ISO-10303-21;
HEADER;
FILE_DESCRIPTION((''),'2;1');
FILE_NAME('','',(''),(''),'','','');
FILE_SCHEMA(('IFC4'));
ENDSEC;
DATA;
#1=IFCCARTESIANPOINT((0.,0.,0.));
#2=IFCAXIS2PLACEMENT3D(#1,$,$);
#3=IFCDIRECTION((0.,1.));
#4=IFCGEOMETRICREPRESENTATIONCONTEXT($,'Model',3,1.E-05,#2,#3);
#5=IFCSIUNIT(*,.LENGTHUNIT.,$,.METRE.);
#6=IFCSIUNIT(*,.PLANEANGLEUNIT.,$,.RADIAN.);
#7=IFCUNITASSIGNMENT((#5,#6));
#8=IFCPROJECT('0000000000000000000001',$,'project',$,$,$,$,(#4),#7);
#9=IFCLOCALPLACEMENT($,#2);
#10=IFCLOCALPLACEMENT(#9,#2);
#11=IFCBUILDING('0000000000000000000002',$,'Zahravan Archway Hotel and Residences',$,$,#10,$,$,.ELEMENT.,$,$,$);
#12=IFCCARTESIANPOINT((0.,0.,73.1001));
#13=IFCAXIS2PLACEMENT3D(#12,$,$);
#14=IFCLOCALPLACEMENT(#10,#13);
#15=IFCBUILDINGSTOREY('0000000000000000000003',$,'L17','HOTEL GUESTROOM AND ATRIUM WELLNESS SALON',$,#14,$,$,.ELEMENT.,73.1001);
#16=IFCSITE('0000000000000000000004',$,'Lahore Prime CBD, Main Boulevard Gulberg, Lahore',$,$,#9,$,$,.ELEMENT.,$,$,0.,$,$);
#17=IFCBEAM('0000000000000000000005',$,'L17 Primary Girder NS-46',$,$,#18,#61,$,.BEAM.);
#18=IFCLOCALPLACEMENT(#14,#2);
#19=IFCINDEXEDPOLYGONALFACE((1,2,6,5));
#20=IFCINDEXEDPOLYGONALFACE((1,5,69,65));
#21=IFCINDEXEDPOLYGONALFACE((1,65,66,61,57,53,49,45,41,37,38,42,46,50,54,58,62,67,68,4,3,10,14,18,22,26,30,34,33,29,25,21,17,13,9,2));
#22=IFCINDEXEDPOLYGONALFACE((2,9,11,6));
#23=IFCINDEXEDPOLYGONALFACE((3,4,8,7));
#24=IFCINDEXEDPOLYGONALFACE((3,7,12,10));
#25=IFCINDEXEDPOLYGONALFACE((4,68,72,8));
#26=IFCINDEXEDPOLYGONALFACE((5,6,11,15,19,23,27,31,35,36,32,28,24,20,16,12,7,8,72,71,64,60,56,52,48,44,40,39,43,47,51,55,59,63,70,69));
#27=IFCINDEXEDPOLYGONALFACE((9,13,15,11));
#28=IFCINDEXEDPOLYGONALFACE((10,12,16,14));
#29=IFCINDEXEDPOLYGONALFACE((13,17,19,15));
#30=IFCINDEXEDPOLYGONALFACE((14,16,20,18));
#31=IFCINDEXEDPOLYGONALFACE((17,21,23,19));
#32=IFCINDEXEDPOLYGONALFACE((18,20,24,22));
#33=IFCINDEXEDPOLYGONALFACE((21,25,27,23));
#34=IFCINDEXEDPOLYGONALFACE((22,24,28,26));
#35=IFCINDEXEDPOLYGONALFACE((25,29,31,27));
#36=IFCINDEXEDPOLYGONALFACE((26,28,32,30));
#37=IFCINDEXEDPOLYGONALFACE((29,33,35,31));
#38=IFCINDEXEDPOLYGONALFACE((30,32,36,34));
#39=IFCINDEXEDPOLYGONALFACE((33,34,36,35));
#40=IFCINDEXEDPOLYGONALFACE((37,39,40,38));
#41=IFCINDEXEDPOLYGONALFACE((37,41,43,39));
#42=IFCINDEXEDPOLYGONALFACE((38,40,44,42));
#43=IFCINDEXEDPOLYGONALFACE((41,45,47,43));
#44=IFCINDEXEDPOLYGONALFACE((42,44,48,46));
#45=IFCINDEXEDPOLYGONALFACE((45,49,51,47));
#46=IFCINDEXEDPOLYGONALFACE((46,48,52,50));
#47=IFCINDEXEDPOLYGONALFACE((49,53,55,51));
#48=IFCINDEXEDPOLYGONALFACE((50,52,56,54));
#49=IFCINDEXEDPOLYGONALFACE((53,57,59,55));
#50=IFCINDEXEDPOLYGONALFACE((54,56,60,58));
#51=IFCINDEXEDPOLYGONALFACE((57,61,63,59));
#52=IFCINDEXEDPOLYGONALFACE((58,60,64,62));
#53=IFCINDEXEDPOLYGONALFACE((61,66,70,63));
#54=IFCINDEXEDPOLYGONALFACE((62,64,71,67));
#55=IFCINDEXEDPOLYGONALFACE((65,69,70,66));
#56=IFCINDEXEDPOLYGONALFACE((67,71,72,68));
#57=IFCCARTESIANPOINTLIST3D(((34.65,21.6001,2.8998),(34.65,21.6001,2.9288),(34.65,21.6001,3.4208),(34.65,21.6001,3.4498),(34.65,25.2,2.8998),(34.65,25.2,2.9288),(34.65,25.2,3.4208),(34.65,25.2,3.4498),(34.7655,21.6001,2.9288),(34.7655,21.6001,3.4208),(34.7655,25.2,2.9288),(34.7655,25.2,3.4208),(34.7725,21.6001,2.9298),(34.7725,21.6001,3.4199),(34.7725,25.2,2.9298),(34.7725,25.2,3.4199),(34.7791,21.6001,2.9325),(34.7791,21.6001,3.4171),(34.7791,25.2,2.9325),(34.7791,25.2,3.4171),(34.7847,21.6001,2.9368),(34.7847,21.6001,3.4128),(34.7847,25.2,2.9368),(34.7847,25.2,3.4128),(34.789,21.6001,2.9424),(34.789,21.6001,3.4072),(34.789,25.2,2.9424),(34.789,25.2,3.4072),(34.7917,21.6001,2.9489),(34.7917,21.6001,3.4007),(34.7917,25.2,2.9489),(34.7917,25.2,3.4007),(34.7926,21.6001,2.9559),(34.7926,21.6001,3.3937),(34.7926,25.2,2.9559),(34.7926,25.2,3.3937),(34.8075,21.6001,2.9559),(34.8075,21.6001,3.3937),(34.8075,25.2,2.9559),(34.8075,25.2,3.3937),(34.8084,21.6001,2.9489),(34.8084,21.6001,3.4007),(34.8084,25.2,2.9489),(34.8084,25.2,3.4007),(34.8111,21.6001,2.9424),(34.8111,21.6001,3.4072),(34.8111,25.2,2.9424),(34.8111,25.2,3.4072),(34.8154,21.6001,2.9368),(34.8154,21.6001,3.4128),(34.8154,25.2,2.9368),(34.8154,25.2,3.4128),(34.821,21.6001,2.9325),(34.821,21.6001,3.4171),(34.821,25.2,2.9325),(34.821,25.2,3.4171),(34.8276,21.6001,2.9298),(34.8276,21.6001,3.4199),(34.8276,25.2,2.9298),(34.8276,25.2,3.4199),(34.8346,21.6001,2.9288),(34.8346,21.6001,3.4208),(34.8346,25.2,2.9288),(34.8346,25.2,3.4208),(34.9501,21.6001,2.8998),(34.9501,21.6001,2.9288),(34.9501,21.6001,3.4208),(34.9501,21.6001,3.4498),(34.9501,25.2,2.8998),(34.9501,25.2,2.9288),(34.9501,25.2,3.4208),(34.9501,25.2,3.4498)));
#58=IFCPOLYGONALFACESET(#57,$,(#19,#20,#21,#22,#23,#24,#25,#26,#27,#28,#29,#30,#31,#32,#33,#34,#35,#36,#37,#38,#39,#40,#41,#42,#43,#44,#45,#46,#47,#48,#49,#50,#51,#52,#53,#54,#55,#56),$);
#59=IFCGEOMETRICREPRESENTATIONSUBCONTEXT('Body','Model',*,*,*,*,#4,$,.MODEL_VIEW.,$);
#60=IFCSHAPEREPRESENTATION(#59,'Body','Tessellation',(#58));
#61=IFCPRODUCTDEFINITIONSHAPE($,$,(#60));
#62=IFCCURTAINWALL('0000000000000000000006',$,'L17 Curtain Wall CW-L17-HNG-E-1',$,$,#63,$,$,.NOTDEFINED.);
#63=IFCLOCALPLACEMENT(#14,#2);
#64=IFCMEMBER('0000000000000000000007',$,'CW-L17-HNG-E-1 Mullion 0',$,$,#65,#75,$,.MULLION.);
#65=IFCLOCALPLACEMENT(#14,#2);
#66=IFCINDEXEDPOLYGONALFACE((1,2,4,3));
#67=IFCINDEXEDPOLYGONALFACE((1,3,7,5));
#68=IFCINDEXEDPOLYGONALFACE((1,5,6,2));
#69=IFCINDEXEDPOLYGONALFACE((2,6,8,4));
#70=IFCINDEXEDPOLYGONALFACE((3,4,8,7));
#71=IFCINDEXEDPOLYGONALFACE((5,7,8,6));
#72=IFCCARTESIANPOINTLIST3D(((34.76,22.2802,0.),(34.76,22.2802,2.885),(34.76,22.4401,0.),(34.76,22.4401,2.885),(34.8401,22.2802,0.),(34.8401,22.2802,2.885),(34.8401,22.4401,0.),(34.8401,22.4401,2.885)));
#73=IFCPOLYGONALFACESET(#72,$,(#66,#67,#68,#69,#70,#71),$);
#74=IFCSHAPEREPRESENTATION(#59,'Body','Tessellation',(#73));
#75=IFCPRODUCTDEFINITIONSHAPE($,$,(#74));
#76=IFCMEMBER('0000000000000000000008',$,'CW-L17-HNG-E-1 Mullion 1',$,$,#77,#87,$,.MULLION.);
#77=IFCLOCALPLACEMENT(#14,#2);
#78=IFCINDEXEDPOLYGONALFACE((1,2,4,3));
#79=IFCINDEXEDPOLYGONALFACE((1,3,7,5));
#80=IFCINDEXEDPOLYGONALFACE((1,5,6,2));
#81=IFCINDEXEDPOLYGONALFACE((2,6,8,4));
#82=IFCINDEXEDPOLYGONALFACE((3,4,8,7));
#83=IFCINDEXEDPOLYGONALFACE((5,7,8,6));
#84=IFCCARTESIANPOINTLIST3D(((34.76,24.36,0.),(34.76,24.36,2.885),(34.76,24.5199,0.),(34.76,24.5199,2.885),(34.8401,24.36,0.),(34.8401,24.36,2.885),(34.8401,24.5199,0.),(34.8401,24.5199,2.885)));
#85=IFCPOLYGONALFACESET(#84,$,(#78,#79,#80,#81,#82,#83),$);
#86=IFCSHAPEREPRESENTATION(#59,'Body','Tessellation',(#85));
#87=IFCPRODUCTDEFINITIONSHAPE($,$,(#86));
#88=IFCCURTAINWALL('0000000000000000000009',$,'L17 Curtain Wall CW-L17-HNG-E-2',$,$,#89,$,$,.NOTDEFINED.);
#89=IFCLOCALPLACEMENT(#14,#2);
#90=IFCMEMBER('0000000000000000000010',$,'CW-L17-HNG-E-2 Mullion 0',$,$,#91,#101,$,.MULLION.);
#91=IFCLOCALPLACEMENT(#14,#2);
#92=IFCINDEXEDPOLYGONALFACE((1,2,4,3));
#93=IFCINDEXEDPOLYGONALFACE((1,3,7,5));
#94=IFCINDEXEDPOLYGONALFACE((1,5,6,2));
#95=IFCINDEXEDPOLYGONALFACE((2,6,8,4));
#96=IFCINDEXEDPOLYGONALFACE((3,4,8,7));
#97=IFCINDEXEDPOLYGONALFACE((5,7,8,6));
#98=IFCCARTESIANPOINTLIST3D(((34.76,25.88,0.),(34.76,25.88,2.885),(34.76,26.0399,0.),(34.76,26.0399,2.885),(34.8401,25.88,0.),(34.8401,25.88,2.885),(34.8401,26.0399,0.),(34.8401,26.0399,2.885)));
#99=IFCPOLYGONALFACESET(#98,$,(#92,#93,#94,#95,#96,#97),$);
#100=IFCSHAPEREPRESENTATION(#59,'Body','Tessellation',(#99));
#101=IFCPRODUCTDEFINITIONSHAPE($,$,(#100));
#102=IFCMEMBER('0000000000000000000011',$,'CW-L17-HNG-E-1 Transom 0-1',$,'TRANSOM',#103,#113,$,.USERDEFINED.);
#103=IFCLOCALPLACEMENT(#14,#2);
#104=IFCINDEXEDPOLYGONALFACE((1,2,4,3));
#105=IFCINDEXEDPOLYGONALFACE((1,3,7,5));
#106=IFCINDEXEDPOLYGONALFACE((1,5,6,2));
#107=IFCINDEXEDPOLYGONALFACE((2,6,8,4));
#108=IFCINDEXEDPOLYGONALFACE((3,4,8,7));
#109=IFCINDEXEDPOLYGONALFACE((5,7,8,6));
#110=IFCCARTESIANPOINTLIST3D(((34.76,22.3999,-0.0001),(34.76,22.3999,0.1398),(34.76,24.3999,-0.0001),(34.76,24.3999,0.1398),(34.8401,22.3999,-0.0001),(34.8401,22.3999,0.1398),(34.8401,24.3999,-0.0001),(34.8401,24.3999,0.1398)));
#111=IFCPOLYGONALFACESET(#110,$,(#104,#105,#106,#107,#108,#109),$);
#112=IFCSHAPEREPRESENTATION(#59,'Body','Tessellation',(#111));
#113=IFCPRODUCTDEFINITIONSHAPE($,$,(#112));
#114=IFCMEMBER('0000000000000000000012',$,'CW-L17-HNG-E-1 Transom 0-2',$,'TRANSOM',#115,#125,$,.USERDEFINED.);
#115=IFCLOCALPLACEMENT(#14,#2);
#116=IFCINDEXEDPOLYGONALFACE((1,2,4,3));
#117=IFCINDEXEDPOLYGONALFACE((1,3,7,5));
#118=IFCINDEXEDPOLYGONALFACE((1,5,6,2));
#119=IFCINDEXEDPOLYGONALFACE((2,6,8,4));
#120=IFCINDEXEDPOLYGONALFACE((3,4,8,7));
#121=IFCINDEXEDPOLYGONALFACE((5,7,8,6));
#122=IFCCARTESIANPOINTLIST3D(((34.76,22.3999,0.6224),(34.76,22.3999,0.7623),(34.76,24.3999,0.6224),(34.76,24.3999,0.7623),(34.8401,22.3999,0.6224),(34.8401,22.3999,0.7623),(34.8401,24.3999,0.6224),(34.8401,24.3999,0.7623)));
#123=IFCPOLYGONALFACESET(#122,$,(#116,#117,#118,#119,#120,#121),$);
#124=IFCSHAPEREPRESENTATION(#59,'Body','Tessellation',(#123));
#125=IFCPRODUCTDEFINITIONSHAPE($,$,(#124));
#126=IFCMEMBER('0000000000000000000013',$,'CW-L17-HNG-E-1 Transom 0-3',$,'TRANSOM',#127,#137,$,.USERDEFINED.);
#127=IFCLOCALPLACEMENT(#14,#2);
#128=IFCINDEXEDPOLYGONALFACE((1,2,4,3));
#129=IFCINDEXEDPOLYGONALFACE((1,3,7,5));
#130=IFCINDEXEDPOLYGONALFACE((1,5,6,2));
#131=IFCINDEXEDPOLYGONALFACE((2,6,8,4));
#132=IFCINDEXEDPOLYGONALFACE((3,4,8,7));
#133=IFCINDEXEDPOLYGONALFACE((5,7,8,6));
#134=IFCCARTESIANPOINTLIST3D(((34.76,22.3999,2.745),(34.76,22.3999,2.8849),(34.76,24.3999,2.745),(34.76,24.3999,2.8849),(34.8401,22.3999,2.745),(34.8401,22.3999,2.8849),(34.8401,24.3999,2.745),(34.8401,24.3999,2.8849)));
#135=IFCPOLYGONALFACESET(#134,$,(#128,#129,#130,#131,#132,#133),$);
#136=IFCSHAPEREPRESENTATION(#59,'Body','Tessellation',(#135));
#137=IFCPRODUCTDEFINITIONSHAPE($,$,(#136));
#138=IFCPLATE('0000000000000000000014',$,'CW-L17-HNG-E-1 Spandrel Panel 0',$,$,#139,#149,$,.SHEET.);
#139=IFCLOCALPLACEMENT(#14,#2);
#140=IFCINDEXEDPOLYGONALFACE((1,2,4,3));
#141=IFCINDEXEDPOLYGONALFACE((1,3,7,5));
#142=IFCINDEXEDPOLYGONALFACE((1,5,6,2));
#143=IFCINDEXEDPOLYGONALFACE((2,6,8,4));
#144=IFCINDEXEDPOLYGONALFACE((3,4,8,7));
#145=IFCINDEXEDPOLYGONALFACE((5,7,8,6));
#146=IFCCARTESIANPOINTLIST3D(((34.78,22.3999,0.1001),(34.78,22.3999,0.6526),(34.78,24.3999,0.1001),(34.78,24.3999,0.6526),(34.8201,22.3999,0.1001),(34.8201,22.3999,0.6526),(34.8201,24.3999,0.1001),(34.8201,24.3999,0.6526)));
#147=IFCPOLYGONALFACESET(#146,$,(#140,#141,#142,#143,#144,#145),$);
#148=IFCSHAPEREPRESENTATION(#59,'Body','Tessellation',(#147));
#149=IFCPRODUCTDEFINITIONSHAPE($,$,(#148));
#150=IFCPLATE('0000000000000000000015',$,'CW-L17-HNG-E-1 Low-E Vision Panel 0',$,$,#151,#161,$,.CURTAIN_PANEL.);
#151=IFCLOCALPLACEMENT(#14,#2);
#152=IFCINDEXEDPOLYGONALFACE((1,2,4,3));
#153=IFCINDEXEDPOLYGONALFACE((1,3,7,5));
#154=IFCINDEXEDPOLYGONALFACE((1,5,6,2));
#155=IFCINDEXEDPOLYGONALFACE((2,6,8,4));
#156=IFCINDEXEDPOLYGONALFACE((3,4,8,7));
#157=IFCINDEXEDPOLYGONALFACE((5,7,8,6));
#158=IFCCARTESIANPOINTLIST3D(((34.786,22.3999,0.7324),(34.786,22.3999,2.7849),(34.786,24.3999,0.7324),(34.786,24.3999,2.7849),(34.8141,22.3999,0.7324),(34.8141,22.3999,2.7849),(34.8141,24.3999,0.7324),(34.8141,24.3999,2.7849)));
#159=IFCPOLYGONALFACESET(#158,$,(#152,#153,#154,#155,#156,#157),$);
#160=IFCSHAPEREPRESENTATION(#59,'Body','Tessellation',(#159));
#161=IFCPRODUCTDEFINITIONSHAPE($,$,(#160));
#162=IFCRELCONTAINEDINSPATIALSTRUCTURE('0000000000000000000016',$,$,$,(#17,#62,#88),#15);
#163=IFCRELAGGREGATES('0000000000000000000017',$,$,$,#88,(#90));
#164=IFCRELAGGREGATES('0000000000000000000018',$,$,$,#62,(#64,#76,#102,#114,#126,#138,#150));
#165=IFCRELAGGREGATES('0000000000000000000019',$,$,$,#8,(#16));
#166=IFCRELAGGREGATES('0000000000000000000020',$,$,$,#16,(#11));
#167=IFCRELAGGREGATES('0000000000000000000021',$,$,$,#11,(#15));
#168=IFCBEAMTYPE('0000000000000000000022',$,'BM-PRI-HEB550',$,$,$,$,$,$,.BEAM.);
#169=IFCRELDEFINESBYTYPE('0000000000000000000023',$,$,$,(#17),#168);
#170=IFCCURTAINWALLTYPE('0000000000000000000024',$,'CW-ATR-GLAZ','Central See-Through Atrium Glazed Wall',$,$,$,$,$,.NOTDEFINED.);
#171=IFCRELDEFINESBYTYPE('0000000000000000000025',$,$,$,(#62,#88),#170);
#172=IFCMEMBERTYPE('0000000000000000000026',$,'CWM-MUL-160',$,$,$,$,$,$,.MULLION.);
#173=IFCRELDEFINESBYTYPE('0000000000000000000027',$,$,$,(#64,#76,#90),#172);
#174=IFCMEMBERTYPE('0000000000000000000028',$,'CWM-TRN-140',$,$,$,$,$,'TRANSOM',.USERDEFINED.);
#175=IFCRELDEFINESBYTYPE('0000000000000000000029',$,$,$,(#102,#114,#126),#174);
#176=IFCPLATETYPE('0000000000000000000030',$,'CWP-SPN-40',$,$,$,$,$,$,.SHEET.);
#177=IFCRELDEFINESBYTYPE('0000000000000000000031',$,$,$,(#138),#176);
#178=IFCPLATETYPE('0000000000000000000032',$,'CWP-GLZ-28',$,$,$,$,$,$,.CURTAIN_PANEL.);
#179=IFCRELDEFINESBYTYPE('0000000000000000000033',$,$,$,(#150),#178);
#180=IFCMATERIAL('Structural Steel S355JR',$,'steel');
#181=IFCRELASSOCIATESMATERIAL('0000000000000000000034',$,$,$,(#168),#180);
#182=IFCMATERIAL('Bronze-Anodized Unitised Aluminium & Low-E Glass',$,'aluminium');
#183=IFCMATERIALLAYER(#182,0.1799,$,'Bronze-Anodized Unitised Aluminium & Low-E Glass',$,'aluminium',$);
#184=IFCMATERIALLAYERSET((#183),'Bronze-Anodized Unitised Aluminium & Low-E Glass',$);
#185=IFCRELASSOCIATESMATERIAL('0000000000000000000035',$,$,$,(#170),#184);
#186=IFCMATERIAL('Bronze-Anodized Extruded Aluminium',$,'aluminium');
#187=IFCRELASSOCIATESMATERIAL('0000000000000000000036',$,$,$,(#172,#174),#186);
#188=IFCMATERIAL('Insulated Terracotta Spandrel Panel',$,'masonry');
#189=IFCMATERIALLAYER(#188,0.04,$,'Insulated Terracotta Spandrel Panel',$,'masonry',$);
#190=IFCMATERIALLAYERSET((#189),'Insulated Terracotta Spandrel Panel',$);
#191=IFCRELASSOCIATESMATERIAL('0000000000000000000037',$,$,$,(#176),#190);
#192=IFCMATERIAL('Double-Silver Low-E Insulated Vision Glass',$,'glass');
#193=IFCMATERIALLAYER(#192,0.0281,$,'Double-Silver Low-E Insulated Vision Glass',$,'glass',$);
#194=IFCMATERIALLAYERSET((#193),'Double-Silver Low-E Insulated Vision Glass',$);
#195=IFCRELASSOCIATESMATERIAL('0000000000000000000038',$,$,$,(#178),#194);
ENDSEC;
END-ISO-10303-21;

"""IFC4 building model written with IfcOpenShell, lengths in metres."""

from ifc_helpers import new_model, si_unit, direction, frame, origin, origin_2d, place, context, subcontext, project, spatial, rectangle, i_section, extrude, source, transform, mapped, material, layer, layer_set, material_profile, profile_set, type_object, element, aggregate, save


model = new_model("IFC4")

# Units and contexts
model_context = context("Model", 3, precision=1e-05, world=origin(), true_north=direction((0.0, 1.0)))
body_context = subcontext(model_context, "Body", "Model", "MODEL_VIEW")
ifc_project = project(units=[si_unit("LENGTHUNIT", "METRE"), si_unit("PLANEANGLEUNIT", "RADIAN")], contexts=[model_context])

# Site, building, storey
site_placement = place(None, origin())
site = spatial("IfcSite", under=ifc_project, at=site_placement, Name="Lahore Prime CBD, Main Boulevard Gulberg, Lahore", CompositionType="ELEMENT", RefElevation=0.0)
building_placement = place(site_placement, origin())
building = spatial("IfcBuilding", under=site, at=building_placement, Name="Zahravan Archway Hotel and Residences", CompositionType="ELEMENT")
storey_placement = place(building_placement, frame((0.0, 0.0, 73.1001)))
storey = spatial("IfcBuildingStorey", under=building, at=storey_placement, Name="L17", Description="HOTEL GUESTROOM AND ATRIUM WELLNESS SALON", CompositionType="ELEMENT", Elevation=73.1001)

# Beam
ifc_material_1 = material(Name="Structural Steel S355JR", Category="steel")
ifc_material_profile_1 = material_profile(ifc_material_1, i_section(OverallWidth=0.3, OverallDepth=0.55, WebThickness=0.0149, FlangeThickness=0.0291, FilletRadius=0.0271, at=origin_2d()), Name="HEB 550", Category="steel")
ifc_profile_set_1 = profile_set([ifc_material_profile_1], Name="Structural Steel S355JR")
beam_type = type_object("IfcBeamType", Name="BM-PRI-HEB550", PredefinedType="BEAM", material=ifc_profile_set_1)
shared_shape_1 = source(origin(), body_context, "Body", "SweptSolid", [
    extrude(i_section(OverallWidth=0.3, OverallDepth=0.55, WebThickness=0.0149, FlangeThickness=0.0291, FilletRadius=0.0271, at=origin_2d()), origin(), (0.0, 0.0, 1.0), 3.5999),
])
beam_1_placement = place(storey_placement, frame((34.8, 21.6001, 3.1748), z_axis=(0.0, 1.0, 0.0), x_axis=(-1.0, 0.0, 0.0)))
element("IfcBeam", 1, at=beam_1_placement, inside=storey, type_object=beam_type, Name="L17 Primary Girder NS-46", PredefinedType="BEAM", context=body_context, shape_type="MappedRepresentation", body=[
    mapped(shared_shape_1, transform((0.0, 0.0, 0.0), scale=1.0)),
])

# Curtain wall, members
ifc_material_2 = material(Name="Bronze-Anodized Unitised Aluminium & Low-E Glass", Category="aluminium")
ifc_layer_1 = layer(ifc_material_2, 0.1799, Name="Bronze-Anodized Unitised Aluminium & Low-E Glass", Category="aluminium")
ifc_layer_set_1 = layer_set([ifc_layer_1], Name="Bronze-Anodized Unitised Aluminium & Low-E Glass")
curtain_wall_type = type_object("IfcCurtainWallType", Name="CW-ATR-GLAZ", Description="Central See-Through Atrium Glazed Wall", PredefinedType="NOTDEFINED", material=ifc_layer_set_1)
curtain_wall_1_placement = place(storey_placement, origin())
curtain_wall_1 = element("IfcCurtainWall", 2, at=curtain_wall_1_placement, inside=storey, type_object=curtain_wall_type, Name="L17 Curtain Wall CW-L17-HNG-E-1", PredefinedType="NOTDEFINED")
ifc_material_3 = material(Name="Bronze-Anodized Extruded Aluminium", Category="aluminium")
ifc_material_profile_2 = material_profile(ifc_material_3, rectangle(XDim=0.0801, YDim=0.1599, at=origin_2d()), Name="MUL 80x160", Category="aluminium")
ifc_profile_set_2 = profile_set([ifc_material_profile_2], Name="Bronze-Anodized Extruded Aluminium")
member_type_1 = type_object("IfcMemberType", Name="CWM-MUL-160", PredefinedType="MULLION", material=ifc_profile_set_2)
shared_shape_2 = source(origin(), body_context, "Body", "SweptSolid", [
    extrude(rectangle(XDim=0.0801, YDim=0.1599, at=origin_2d()), origin(), (0.0, 0.0, 1.0), 2.885),
])
member_1_placement = place(storey_placement, frame((34.8, 22.3601, 0.0), z_axis=(0.0, 0.0, 1.0), x_axis=(1.0, 0.0, 0.0)))
member_1 = element("IfcMember", 3, at=member_1_placement, type_object=member_type_1, Name="CW-L17-HNG-E-1 Mullion 0", PredefinedType="MULLION", context=body_context, shape_type="MappedRepresentation", body=[
    mapped(shared_shape_2, transform((0.0, 0.0, 0.0), scale=1.0)),
])
member_2_placement = place(storey_placement, frame((34.8, 24.4399, 0.0), z_axis=(0.0, 0.0, 1.0), x_axis=(1.0, 0.0, 0.0)))
member_2 = element("IfcMember", 4, at=member_2_placement, type_object=member_type_1, Name="CW-L17-HNG-E-1 Mullion 1", PredefinedType="MULLION", context=body_context, shape_type="MappedRepresentation", body=[
    mapped(shared_shape_2, transform((0.0, 0.0, 0.0), scale=1.0)),
])

# Curtain wall, member
curtain_wall_2_placement = place(storey_placement, origin())
curtain_wall_2 = element("IfcCurtainWall", 5, at=curtain_wall_2_placement, inside=storey, type_object=curtain_wall_type, Name="L17 Curtain Wall CW-L17-HNG-E-2", PredefinedType="NOTDEFINED")
member_3_placement = place(storey_placement, frame((34.8, 25.96, 0.0), z_axis=(0.0, 0.0, 1.0), x_axis=(1.0, 0.0, 0.0)))
member_3 = element("IfcMember", 6, at=member_3_placement, type_object=member_type_1, Name="CW-L17-HNG-E-2 Mullion 0", PredefinedType="MULLION", context=body_context, shape_type="MappedRepresentation", body=[
    mapped(shared_shape_2, transform((0.0, 0.0, 0.0), scale=1.0)),
])
aggregate(curtain_wall_2, [member_3])

# Members
ifc_material_profile_3 = material_profile(ifc_material_3, rectangle(XDim=0.0801, YDim=0.1399, at=origin_2d()), Name="TRN 80x140", Category="aluminium")
ifc_profile_set_3 = profile_set([ifc_material_profile_3], Name="Bronze-Anodized Extruded Aluminium")
member_type_2 = type_object("IfcMemberType", Name="CWM-TRN-140", ElementType="TRANSOM", PredefinedType="USERDEFINED", material=ifc_profile_set_3)
shared_shape_3 = source(origin(), body_context, "Body", "SweptSolid", [
    extrude(rectangle(XDim=0.0801, YDim=0.1399, at=origin_2d()), origin(), (0.0, 0.0, 1.0), 2.0),
])
member_4_placement = place(storey_placement, frame((34.8, 22.3999, 0.0698), z_axis=(0.0, 1.0, 0.0), x_axis=(-1.0, 0.0, 0.0)))
member_4 = element("IfcMember", 7, at=member_4_placement, type_object=member_type_2, Name="CW-L17-HNG-E-1 Transom 0-1", ObjectType="TRANSOM", PredefinedType="USERDEFINED", context=body_context, shape_type="MappedRepresentation", body=[
    mapped(shared_shape_3, transform((0.0, 0.0, 0.0), scale=1.0)),
])
member_5_placement = place(storey_placement, frame((34.8, 22.3999, 0.6924), z_axis=(0.0, 1.0, 0.0), x_axis=(-1.0, 0.0, 0.0)))
member_5 = element("IfcMember", 8, at=member_5_placement, type_object=member_type_2, Name="CW-L17-HNG-E-1 Transom 0-2", ObjectType="TRANSOM", PredefinedType="USERDEFINED", context=body_context, shape_type="MappedRepresentation", body=[
    mapped(shared_shape_3, transform((0.0, 0.0, 0.0), scale=1.0)),
])
member_6_placement = place(storey_placement, frame((34.8, 22.3999, 2.8149), z_axis=(0.0, 1.0, 0.0), x_axis=(-1.0, 0.0, 0.0)))
member_6 = element("IfcMember", 9, at=member_6_placement, type_object=member_type_2, Name="CW-L17-HNG-E-1 Transom 0-3", ObjectType="TRANSOM", PredefinedType="USERDEFINED", context=body_context, shape_type="MappedRepresentation", body=[
    mapped(shared_shape_3, transform((0.0, 0.0, 0.0), scale=1.0)),
])

# Plates
ifc_material_4 = material(Name="Insulated Terracotta Spandrel Panel", Category="masonry")
ifc_layer_2 = layer(ifc_material_4, 0.04, Name="Insulated Terracotta Spandrel Panel", Category="masonry")
ifc_layer_set_2 = layer_set([ifc_layer_2], Name="Insulated Terracotta Spandrel Panel")
plate_type_1 = type_object("IfcPlateType", Name="CWP-SPN-40", PredefinedType="SHEET", material=ifc_layer_set_2)
shared_shape_4 = source(origin(), body_context, "Body", "SweptSolid", [
    extrude(rectangle(XDim=2.0, YDim=0.04, at=origin_2d()), origin(), (0.0, 0.0, 1.0), 0.5525),
])
plate_1_placement = place(storey_placement, frame((34.8, 23.3999, 0.1001), z_axis=(0.0, 0.0, 1.0), x_axis=(0.0, 1.0, 0.0)))
plate_1 = element("IfcPlate", 10, at=plate_1_placement, type_object=plate_type_1, Name="CW-L17-HNG-E-1 Spandrel Panel 0", PredefinedType="SHEET", context=body_context, shape_type="MappedRepresentation", body=[
    mapped(shared_shape_4, transform((0.0, 0.0, 0.0), scale=1.0)),
])
ifc_material_5 = material(Name="Double-Silver Low-E Insulated Vision Glass", Category="glass")
ifc_layer_3 = layer(ifc_material_5, 0.0281, Name="Double-Silver Low-E Insulated Vision Glass", Category="glass")
ifc_layer_set_3 = layer_set([ifc_layer_3], Name="Double-Silver Low-E Insulated Vision Glass")
plate_type_2 = type_object("IfcPlateType", Name="CWP-GLZ-28", PredefinedType="CURTAIN_PANEL", material=ifc_layer_set_3)
shared_shape_5 = source(origin(), body_context, "Body", "SweptSolid", [
    extrude(rectangle(XDim=2.0, YDim=0.0281, at=origin_2d()), origin(), (0.0, 0.0, 1.0), 2.0525),
])
plate_2_placement = place(storey_placement, frame((34.8, 23.3999, 0.7324), z_axis=(0.0, 0.0, 1.0), x_axis=(0.0, 1.0, 0.0)))
plate_2 = element("IfcPlate", 11, at=plate_2_placement, type_object=plate_type_2, Name="CW-L17-HNG-E-1 Low-E Vision Panel 0", PredefinedType="CURTAIN_PANEL", context=body_context, shape_type="MappedRepresentation", body=[
    mapped(shared_shape_5, transform((0.0, 0.0, 0.0), scale=1.0)),
])
aggregate(curtain_wall_1, [member_1, member_2, member_4, member_5, member_6, plate_1, plate_2])

save(model, "model.ifc")
